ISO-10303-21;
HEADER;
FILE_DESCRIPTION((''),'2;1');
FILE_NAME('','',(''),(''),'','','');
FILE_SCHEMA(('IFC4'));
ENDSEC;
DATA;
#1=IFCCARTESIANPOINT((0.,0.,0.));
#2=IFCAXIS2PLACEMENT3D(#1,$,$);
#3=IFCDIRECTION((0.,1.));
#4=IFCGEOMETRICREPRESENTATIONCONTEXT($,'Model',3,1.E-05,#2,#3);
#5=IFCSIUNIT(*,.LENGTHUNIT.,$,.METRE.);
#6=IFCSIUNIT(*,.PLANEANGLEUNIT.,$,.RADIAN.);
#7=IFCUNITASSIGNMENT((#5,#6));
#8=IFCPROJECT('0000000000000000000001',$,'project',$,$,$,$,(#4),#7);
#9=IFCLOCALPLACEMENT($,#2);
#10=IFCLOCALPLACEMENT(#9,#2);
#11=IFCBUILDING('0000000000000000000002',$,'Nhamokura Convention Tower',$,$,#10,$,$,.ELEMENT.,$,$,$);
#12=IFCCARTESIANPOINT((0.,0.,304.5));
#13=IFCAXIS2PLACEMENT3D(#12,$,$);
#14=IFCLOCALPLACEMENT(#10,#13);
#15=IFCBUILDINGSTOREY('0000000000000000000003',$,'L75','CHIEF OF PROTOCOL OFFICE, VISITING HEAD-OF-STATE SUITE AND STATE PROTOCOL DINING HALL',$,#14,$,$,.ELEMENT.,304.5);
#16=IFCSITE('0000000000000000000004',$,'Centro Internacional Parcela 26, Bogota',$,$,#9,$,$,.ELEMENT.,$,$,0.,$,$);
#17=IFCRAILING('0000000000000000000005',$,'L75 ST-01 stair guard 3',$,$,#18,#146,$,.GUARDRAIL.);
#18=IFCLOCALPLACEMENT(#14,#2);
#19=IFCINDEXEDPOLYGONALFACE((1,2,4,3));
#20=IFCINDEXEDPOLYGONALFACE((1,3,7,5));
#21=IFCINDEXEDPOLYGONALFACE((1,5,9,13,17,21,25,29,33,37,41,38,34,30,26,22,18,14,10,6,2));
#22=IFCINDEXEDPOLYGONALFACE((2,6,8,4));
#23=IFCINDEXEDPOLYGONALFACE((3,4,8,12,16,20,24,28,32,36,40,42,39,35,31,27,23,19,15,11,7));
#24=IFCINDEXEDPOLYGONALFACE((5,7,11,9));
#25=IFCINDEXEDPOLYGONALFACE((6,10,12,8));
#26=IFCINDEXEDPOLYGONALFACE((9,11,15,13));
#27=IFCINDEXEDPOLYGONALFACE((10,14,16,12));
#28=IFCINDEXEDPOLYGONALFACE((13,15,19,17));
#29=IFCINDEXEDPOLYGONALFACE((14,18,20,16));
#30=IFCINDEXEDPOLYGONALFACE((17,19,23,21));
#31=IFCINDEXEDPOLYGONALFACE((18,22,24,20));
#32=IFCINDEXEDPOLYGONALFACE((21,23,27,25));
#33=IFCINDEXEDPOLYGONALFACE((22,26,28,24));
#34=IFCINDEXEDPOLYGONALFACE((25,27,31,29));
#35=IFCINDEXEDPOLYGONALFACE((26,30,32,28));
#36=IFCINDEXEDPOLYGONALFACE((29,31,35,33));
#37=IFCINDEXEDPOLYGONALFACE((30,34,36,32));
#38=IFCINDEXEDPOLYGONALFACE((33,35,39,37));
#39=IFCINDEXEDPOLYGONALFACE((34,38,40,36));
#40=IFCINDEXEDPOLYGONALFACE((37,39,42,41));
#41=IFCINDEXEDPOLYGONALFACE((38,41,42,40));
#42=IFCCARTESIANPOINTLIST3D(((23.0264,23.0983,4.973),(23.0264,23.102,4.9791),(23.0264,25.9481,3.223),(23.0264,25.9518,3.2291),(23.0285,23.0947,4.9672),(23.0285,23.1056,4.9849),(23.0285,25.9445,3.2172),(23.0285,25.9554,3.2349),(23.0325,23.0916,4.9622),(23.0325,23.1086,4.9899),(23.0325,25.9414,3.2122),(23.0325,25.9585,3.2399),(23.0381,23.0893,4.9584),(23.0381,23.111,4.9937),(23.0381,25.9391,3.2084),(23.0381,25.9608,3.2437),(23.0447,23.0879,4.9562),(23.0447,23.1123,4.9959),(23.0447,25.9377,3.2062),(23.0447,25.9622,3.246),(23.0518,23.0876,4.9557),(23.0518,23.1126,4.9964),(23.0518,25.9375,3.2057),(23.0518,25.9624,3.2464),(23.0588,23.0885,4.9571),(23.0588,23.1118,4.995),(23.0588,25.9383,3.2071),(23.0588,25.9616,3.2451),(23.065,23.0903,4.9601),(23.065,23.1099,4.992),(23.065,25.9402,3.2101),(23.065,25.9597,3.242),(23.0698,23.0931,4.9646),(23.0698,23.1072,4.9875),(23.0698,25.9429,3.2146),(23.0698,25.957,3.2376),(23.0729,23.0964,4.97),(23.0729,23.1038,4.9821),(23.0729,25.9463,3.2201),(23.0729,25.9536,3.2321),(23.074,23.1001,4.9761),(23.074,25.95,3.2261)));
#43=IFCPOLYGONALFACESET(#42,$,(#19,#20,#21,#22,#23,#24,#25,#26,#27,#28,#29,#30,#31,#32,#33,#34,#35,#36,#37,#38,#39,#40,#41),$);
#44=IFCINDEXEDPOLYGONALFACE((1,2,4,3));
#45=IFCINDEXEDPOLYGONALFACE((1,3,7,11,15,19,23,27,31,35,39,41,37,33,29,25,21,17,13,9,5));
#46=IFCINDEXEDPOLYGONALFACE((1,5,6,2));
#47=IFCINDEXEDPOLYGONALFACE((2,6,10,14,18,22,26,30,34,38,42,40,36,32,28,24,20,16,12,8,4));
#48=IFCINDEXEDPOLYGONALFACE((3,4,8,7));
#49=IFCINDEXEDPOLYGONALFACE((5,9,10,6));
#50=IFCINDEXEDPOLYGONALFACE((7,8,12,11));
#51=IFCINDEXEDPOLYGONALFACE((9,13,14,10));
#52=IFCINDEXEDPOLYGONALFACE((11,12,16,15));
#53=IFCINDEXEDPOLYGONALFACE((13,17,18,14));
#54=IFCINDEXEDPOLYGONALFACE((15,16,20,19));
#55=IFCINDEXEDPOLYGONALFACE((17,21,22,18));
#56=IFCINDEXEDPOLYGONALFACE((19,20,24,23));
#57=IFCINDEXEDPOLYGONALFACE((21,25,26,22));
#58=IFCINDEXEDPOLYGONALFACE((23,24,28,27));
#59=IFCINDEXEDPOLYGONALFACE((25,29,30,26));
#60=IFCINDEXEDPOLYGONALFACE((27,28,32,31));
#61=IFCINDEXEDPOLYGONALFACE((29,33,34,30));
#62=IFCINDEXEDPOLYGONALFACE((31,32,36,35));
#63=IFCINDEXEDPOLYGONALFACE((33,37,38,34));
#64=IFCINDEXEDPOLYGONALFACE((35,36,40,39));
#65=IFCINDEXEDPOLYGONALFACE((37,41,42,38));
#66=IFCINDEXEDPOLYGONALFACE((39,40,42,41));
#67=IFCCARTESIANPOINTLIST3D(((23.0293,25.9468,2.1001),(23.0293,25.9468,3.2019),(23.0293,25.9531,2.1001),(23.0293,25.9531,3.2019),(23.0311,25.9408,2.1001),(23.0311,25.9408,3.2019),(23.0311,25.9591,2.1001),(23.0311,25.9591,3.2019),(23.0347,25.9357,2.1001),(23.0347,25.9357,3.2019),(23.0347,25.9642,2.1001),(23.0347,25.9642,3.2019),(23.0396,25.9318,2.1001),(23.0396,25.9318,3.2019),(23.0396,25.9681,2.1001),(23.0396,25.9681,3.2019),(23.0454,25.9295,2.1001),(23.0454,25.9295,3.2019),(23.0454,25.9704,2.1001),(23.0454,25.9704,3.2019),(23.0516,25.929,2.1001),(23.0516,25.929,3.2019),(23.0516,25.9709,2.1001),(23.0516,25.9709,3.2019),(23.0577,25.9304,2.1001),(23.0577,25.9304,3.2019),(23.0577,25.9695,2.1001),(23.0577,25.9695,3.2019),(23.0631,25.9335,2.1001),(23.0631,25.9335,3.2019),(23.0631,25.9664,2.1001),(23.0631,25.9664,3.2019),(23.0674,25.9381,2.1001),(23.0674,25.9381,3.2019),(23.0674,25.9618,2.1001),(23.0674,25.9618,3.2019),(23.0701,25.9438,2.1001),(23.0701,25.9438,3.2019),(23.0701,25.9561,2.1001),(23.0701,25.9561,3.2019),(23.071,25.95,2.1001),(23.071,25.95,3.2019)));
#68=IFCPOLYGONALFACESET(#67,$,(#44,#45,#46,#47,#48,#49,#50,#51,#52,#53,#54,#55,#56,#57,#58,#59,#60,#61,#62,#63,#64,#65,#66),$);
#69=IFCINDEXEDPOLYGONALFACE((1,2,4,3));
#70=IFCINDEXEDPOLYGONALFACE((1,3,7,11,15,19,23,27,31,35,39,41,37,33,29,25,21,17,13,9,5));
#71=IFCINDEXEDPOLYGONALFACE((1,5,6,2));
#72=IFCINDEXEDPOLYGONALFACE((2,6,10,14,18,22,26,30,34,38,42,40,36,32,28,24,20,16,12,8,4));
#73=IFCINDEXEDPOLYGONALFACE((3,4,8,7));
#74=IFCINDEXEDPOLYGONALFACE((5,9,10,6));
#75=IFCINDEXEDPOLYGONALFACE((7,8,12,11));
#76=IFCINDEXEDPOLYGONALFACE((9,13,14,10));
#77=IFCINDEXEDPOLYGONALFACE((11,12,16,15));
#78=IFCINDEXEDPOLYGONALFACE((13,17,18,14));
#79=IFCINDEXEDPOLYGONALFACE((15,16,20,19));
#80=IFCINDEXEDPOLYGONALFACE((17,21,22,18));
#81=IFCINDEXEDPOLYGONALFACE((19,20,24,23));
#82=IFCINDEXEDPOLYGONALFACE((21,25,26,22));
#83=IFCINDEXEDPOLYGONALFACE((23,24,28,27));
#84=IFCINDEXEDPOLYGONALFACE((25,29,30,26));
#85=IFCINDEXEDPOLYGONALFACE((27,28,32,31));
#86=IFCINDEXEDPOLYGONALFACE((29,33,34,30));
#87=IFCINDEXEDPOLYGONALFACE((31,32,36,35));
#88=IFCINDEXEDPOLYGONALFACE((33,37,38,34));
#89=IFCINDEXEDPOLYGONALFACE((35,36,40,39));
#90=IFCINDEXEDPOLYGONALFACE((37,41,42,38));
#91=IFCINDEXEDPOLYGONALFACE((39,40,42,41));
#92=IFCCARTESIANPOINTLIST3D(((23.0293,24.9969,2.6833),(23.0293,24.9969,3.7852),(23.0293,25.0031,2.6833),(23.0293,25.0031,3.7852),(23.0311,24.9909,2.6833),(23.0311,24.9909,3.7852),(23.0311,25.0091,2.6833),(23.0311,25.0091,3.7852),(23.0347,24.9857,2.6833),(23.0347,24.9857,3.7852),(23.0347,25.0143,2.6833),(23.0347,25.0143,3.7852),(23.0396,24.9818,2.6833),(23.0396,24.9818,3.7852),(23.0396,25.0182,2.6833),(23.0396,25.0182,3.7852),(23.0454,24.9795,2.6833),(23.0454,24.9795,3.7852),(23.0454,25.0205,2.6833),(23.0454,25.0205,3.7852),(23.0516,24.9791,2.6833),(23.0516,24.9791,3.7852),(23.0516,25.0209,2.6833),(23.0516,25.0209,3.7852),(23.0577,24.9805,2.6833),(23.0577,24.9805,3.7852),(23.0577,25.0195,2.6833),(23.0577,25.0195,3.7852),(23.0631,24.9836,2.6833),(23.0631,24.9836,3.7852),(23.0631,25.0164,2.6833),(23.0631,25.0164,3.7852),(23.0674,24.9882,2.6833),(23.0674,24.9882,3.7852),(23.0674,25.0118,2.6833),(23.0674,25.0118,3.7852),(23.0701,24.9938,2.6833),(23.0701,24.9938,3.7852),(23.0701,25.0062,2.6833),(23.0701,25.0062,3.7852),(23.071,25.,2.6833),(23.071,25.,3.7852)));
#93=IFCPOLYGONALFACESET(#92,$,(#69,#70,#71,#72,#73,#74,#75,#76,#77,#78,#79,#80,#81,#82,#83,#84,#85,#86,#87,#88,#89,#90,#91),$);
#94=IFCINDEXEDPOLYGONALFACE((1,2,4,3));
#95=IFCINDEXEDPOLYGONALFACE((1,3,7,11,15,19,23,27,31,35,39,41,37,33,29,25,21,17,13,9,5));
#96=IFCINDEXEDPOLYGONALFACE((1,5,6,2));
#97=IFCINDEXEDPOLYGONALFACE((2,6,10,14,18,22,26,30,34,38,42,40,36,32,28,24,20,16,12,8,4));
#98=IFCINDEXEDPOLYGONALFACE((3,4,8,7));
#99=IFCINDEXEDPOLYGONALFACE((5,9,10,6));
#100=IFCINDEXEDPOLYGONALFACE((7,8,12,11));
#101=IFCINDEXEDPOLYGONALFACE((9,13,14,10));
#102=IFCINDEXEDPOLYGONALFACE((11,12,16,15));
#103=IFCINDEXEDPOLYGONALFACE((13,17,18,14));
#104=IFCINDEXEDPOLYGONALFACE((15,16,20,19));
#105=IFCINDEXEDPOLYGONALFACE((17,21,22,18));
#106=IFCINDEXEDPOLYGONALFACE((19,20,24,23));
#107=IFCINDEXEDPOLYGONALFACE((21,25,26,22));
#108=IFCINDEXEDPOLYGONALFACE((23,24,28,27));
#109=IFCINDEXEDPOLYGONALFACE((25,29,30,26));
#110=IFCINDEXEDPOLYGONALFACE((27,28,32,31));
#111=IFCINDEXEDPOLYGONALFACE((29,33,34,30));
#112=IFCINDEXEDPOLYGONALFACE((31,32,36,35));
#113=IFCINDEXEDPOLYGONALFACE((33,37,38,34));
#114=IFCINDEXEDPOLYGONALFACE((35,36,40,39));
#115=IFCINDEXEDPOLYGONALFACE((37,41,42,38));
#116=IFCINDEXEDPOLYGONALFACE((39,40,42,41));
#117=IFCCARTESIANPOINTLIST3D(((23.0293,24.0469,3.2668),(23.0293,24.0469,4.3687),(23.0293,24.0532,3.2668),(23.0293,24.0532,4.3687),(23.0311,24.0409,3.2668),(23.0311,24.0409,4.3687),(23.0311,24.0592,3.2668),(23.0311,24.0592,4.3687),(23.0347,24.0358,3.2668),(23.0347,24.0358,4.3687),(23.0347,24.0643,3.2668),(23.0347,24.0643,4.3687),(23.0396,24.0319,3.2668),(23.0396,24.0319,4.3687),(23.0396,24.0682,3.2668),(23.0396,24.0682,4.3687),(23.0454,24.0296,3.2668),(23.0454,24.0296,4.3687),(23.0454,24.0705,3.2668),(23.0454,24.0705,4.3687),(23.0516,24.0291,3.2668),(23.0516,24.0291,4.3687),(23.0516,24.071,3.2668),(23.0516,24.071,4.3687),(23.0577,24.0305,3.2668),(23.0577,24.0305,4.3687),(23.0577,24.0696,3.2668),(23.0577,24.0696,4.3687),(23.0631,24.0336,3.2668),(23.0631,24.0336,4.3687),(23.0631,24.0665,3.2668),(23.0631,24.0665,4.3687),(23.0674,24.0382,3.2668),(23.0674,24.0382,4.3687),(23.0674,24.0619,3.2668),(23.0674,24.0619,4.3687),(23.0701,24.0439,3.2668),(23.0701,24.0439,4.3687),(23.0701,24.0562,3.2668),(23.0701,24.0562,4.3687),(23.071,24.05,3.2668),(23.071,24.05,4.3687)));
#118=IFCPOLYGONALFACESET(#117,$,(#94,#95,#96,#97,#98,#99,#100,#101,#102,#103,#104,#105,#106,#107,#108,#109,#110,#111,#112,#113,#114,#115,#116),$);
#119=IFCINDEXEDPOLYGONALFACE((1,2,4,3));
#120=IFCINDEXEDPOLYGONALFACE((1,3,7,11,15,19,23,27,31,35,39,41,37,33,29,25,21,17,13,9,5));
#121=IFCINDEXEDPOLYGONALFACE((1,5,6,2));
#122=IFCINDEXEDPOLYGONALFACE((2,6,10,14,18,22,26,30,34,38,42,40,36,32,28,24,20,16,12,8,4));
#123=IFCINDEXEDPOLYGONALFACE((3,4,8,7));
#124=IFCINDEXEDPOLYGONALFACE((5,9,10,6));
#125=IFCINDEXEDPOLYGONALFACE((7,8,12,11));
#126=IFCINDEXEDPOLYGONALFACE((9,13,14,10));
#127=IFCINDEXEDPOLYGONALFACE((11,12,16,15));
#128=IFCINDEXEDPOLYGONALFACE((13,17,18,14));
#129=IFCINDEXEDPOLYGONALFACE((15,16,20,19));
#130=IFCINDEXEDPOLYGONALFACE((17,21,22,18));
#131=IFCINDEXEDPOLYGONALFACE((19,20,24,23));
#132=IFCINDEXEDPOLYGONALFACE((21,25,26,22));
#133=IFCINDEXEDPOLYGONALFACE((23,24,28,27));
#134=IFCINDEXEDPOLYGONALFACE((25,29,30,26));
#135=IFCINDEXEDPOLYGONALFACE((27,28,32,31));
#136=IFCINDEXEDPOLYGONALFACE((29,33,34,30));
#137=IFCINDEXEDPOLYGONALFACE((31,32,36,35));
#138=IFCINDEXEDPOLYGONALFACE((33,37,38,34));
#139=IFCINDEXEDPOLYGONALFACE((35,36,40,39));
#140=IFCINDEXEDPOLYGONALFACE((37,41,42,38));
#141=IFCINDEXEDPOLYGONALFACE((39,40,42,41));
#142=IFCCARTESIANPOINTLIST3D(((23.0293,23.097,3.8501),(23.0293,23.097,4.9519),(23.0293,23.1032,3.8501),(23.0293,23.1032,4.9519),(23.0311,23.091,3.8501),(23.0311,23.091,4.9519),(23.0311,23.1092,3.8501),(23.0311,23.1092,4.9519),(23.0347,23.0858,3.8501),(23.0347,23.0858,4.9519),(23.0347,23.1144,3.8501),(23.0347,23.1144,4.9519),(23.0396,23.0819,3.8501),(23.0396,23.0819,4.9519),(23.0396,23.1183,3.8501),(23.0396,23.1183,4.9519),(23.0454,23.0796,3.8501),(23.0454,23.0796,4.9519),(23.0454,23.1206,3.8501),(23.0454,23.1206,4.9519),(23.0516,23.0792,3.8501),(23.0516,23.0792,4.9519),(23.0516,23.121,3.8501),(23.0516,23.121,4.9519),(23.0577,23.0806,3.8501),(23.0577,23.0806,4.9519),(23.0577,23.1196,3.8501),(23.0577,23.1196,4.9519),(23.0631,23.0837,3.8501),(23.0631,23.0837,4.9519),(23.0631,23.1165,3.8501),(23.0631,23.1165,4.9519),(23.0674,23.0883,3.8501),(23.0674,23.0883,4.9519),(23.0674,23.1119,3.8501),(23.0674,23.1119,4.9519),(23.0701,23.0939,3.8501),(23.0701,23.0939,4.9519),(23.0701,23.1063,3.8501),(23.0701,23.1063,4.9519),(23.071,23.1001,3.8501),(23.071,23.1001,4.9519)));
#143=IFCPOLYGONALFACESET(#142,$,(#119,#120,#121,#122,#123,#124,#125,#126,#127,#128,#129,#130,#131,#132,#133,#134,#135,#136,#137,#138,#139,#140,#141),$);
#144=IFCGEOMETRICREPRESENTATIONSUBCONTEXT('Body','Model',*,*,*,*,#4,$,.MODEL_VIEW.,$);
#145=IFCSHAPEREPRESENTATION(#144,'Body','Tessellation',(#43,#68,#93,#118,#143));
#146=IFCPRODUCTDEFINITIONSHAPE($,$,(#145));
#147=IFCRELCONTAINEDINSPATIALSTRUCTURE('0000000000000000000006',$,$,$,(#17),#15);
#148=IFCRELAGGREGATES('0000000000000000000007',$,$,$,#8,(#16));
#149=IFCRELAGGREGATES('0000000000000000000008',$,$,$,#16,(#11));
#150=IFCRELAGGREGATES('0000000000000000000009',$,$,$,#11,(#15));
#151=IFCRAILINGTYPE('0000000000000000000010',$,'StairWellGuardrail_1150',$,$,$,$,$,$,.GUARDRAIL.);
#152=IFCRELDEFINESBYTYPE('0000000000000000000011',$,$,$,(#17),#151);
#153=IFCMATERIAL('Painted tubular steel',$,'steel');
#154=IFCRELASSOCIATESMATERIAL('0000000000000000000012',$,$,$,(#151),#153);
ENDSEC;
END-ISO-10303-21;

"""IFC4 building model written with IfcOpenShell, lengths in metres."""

from ifc_helpers import new_model, si_unit, direction, frame, origin, origin_2d, place, context, subcontext, project, spatial, circle, extrude, material, type_object, element, save


model = new_model("IFC4")

# Units and contexts
model_context = context("Model", 3, precision=1e-05, world=origin(), true_north=direction((0.0, 1.0)))
body_context = subcontext(model_context, "Body", "Model", "MODEL_VIEW")
ifc_project = project(units=[si_unit("LENGTHUNIT", "METRE"), si_unit("PLANEANGLEUNIT", "RADIAN")], contexts=[model_context])

# Site, building, storey
site_placement = place(None, origin())
site = spatial("IfcSite", under=ifc_project, at=site_placement, Name="Centro Internacional Parcela 26, Bogota", CompositionType="ELEMENT", RefElevation=0.0)
building_placement = place(site_placement, origin())
building = spatial("IfcBuilding", under=site, at=building_placement, Name="Nhamokura Convention Tower", CompositionType="ELEMENT")
storey_placement = place(building_placement, frame((0.0, 0.0, 304.5)))
storey = spatial("IfcBuildingStorey", under=building, at=storey_placement, Name="L75", Description="CHIEF OF PROTOCOL OFFICE, VISITING HEAD-OF-STATE SUITE AND STATE PROTOCOL DINING HALL", CompositionType="ELEMENT", Elevation=304.5)

# Railing
ifc_material_1 = material(Name="Painted tubular steel", Category="steel")
railing_type_1 = type_object("IfcRailingType", Name="StairWellGuardrail_1150", PredefinedType="GUARDRAIL", material=ifc_material_1)
railing_1_placement = place(storey_placement, frame((23.05, 25.95, 2.1001)))
element("IfcRailing", 1, at=railing_1_placement, inside=storey, type_object=railing_type_1, Name="L75 ST-01 stair guard 3", PredefinedType="GUARDRAIL", context=body_context, shape_type="SweptSolid", body=[
    extrude(circle(Radius=0.0239, at=origin_2d()), frame((0.0, 0.0, 1.126), z_axis=(0.0, -0.852159, 0.523283), x_axis=(1.0, 0.0, 0.0)), (0.0, 0.0, 1.0), 3.3442),
    extrude(circle(Radius=0.021, at=origin_2d()), origin(), (0.0, 0.0, 1.0), 1.1018),
    extrude(circle(Radius=0.021, at=origin_2d()), frame((0.0, -0.95, 0.5833)), (0.0, 0.0, 1.0), 1.1018),
    extrude(circle(Radius=0.021, at=origin_2d()), frame((0.0, -1.8999, 1.1667)), (0.0, 0.0, 1.0), 1.1018),
    extrude(circle(Radius=0.021, at=origin_2d()), frame((0.0, -2.8499, 1.75)), (0.0, 0.0, 1.0), 1.1018),
])

save(model, "model.ifc")
